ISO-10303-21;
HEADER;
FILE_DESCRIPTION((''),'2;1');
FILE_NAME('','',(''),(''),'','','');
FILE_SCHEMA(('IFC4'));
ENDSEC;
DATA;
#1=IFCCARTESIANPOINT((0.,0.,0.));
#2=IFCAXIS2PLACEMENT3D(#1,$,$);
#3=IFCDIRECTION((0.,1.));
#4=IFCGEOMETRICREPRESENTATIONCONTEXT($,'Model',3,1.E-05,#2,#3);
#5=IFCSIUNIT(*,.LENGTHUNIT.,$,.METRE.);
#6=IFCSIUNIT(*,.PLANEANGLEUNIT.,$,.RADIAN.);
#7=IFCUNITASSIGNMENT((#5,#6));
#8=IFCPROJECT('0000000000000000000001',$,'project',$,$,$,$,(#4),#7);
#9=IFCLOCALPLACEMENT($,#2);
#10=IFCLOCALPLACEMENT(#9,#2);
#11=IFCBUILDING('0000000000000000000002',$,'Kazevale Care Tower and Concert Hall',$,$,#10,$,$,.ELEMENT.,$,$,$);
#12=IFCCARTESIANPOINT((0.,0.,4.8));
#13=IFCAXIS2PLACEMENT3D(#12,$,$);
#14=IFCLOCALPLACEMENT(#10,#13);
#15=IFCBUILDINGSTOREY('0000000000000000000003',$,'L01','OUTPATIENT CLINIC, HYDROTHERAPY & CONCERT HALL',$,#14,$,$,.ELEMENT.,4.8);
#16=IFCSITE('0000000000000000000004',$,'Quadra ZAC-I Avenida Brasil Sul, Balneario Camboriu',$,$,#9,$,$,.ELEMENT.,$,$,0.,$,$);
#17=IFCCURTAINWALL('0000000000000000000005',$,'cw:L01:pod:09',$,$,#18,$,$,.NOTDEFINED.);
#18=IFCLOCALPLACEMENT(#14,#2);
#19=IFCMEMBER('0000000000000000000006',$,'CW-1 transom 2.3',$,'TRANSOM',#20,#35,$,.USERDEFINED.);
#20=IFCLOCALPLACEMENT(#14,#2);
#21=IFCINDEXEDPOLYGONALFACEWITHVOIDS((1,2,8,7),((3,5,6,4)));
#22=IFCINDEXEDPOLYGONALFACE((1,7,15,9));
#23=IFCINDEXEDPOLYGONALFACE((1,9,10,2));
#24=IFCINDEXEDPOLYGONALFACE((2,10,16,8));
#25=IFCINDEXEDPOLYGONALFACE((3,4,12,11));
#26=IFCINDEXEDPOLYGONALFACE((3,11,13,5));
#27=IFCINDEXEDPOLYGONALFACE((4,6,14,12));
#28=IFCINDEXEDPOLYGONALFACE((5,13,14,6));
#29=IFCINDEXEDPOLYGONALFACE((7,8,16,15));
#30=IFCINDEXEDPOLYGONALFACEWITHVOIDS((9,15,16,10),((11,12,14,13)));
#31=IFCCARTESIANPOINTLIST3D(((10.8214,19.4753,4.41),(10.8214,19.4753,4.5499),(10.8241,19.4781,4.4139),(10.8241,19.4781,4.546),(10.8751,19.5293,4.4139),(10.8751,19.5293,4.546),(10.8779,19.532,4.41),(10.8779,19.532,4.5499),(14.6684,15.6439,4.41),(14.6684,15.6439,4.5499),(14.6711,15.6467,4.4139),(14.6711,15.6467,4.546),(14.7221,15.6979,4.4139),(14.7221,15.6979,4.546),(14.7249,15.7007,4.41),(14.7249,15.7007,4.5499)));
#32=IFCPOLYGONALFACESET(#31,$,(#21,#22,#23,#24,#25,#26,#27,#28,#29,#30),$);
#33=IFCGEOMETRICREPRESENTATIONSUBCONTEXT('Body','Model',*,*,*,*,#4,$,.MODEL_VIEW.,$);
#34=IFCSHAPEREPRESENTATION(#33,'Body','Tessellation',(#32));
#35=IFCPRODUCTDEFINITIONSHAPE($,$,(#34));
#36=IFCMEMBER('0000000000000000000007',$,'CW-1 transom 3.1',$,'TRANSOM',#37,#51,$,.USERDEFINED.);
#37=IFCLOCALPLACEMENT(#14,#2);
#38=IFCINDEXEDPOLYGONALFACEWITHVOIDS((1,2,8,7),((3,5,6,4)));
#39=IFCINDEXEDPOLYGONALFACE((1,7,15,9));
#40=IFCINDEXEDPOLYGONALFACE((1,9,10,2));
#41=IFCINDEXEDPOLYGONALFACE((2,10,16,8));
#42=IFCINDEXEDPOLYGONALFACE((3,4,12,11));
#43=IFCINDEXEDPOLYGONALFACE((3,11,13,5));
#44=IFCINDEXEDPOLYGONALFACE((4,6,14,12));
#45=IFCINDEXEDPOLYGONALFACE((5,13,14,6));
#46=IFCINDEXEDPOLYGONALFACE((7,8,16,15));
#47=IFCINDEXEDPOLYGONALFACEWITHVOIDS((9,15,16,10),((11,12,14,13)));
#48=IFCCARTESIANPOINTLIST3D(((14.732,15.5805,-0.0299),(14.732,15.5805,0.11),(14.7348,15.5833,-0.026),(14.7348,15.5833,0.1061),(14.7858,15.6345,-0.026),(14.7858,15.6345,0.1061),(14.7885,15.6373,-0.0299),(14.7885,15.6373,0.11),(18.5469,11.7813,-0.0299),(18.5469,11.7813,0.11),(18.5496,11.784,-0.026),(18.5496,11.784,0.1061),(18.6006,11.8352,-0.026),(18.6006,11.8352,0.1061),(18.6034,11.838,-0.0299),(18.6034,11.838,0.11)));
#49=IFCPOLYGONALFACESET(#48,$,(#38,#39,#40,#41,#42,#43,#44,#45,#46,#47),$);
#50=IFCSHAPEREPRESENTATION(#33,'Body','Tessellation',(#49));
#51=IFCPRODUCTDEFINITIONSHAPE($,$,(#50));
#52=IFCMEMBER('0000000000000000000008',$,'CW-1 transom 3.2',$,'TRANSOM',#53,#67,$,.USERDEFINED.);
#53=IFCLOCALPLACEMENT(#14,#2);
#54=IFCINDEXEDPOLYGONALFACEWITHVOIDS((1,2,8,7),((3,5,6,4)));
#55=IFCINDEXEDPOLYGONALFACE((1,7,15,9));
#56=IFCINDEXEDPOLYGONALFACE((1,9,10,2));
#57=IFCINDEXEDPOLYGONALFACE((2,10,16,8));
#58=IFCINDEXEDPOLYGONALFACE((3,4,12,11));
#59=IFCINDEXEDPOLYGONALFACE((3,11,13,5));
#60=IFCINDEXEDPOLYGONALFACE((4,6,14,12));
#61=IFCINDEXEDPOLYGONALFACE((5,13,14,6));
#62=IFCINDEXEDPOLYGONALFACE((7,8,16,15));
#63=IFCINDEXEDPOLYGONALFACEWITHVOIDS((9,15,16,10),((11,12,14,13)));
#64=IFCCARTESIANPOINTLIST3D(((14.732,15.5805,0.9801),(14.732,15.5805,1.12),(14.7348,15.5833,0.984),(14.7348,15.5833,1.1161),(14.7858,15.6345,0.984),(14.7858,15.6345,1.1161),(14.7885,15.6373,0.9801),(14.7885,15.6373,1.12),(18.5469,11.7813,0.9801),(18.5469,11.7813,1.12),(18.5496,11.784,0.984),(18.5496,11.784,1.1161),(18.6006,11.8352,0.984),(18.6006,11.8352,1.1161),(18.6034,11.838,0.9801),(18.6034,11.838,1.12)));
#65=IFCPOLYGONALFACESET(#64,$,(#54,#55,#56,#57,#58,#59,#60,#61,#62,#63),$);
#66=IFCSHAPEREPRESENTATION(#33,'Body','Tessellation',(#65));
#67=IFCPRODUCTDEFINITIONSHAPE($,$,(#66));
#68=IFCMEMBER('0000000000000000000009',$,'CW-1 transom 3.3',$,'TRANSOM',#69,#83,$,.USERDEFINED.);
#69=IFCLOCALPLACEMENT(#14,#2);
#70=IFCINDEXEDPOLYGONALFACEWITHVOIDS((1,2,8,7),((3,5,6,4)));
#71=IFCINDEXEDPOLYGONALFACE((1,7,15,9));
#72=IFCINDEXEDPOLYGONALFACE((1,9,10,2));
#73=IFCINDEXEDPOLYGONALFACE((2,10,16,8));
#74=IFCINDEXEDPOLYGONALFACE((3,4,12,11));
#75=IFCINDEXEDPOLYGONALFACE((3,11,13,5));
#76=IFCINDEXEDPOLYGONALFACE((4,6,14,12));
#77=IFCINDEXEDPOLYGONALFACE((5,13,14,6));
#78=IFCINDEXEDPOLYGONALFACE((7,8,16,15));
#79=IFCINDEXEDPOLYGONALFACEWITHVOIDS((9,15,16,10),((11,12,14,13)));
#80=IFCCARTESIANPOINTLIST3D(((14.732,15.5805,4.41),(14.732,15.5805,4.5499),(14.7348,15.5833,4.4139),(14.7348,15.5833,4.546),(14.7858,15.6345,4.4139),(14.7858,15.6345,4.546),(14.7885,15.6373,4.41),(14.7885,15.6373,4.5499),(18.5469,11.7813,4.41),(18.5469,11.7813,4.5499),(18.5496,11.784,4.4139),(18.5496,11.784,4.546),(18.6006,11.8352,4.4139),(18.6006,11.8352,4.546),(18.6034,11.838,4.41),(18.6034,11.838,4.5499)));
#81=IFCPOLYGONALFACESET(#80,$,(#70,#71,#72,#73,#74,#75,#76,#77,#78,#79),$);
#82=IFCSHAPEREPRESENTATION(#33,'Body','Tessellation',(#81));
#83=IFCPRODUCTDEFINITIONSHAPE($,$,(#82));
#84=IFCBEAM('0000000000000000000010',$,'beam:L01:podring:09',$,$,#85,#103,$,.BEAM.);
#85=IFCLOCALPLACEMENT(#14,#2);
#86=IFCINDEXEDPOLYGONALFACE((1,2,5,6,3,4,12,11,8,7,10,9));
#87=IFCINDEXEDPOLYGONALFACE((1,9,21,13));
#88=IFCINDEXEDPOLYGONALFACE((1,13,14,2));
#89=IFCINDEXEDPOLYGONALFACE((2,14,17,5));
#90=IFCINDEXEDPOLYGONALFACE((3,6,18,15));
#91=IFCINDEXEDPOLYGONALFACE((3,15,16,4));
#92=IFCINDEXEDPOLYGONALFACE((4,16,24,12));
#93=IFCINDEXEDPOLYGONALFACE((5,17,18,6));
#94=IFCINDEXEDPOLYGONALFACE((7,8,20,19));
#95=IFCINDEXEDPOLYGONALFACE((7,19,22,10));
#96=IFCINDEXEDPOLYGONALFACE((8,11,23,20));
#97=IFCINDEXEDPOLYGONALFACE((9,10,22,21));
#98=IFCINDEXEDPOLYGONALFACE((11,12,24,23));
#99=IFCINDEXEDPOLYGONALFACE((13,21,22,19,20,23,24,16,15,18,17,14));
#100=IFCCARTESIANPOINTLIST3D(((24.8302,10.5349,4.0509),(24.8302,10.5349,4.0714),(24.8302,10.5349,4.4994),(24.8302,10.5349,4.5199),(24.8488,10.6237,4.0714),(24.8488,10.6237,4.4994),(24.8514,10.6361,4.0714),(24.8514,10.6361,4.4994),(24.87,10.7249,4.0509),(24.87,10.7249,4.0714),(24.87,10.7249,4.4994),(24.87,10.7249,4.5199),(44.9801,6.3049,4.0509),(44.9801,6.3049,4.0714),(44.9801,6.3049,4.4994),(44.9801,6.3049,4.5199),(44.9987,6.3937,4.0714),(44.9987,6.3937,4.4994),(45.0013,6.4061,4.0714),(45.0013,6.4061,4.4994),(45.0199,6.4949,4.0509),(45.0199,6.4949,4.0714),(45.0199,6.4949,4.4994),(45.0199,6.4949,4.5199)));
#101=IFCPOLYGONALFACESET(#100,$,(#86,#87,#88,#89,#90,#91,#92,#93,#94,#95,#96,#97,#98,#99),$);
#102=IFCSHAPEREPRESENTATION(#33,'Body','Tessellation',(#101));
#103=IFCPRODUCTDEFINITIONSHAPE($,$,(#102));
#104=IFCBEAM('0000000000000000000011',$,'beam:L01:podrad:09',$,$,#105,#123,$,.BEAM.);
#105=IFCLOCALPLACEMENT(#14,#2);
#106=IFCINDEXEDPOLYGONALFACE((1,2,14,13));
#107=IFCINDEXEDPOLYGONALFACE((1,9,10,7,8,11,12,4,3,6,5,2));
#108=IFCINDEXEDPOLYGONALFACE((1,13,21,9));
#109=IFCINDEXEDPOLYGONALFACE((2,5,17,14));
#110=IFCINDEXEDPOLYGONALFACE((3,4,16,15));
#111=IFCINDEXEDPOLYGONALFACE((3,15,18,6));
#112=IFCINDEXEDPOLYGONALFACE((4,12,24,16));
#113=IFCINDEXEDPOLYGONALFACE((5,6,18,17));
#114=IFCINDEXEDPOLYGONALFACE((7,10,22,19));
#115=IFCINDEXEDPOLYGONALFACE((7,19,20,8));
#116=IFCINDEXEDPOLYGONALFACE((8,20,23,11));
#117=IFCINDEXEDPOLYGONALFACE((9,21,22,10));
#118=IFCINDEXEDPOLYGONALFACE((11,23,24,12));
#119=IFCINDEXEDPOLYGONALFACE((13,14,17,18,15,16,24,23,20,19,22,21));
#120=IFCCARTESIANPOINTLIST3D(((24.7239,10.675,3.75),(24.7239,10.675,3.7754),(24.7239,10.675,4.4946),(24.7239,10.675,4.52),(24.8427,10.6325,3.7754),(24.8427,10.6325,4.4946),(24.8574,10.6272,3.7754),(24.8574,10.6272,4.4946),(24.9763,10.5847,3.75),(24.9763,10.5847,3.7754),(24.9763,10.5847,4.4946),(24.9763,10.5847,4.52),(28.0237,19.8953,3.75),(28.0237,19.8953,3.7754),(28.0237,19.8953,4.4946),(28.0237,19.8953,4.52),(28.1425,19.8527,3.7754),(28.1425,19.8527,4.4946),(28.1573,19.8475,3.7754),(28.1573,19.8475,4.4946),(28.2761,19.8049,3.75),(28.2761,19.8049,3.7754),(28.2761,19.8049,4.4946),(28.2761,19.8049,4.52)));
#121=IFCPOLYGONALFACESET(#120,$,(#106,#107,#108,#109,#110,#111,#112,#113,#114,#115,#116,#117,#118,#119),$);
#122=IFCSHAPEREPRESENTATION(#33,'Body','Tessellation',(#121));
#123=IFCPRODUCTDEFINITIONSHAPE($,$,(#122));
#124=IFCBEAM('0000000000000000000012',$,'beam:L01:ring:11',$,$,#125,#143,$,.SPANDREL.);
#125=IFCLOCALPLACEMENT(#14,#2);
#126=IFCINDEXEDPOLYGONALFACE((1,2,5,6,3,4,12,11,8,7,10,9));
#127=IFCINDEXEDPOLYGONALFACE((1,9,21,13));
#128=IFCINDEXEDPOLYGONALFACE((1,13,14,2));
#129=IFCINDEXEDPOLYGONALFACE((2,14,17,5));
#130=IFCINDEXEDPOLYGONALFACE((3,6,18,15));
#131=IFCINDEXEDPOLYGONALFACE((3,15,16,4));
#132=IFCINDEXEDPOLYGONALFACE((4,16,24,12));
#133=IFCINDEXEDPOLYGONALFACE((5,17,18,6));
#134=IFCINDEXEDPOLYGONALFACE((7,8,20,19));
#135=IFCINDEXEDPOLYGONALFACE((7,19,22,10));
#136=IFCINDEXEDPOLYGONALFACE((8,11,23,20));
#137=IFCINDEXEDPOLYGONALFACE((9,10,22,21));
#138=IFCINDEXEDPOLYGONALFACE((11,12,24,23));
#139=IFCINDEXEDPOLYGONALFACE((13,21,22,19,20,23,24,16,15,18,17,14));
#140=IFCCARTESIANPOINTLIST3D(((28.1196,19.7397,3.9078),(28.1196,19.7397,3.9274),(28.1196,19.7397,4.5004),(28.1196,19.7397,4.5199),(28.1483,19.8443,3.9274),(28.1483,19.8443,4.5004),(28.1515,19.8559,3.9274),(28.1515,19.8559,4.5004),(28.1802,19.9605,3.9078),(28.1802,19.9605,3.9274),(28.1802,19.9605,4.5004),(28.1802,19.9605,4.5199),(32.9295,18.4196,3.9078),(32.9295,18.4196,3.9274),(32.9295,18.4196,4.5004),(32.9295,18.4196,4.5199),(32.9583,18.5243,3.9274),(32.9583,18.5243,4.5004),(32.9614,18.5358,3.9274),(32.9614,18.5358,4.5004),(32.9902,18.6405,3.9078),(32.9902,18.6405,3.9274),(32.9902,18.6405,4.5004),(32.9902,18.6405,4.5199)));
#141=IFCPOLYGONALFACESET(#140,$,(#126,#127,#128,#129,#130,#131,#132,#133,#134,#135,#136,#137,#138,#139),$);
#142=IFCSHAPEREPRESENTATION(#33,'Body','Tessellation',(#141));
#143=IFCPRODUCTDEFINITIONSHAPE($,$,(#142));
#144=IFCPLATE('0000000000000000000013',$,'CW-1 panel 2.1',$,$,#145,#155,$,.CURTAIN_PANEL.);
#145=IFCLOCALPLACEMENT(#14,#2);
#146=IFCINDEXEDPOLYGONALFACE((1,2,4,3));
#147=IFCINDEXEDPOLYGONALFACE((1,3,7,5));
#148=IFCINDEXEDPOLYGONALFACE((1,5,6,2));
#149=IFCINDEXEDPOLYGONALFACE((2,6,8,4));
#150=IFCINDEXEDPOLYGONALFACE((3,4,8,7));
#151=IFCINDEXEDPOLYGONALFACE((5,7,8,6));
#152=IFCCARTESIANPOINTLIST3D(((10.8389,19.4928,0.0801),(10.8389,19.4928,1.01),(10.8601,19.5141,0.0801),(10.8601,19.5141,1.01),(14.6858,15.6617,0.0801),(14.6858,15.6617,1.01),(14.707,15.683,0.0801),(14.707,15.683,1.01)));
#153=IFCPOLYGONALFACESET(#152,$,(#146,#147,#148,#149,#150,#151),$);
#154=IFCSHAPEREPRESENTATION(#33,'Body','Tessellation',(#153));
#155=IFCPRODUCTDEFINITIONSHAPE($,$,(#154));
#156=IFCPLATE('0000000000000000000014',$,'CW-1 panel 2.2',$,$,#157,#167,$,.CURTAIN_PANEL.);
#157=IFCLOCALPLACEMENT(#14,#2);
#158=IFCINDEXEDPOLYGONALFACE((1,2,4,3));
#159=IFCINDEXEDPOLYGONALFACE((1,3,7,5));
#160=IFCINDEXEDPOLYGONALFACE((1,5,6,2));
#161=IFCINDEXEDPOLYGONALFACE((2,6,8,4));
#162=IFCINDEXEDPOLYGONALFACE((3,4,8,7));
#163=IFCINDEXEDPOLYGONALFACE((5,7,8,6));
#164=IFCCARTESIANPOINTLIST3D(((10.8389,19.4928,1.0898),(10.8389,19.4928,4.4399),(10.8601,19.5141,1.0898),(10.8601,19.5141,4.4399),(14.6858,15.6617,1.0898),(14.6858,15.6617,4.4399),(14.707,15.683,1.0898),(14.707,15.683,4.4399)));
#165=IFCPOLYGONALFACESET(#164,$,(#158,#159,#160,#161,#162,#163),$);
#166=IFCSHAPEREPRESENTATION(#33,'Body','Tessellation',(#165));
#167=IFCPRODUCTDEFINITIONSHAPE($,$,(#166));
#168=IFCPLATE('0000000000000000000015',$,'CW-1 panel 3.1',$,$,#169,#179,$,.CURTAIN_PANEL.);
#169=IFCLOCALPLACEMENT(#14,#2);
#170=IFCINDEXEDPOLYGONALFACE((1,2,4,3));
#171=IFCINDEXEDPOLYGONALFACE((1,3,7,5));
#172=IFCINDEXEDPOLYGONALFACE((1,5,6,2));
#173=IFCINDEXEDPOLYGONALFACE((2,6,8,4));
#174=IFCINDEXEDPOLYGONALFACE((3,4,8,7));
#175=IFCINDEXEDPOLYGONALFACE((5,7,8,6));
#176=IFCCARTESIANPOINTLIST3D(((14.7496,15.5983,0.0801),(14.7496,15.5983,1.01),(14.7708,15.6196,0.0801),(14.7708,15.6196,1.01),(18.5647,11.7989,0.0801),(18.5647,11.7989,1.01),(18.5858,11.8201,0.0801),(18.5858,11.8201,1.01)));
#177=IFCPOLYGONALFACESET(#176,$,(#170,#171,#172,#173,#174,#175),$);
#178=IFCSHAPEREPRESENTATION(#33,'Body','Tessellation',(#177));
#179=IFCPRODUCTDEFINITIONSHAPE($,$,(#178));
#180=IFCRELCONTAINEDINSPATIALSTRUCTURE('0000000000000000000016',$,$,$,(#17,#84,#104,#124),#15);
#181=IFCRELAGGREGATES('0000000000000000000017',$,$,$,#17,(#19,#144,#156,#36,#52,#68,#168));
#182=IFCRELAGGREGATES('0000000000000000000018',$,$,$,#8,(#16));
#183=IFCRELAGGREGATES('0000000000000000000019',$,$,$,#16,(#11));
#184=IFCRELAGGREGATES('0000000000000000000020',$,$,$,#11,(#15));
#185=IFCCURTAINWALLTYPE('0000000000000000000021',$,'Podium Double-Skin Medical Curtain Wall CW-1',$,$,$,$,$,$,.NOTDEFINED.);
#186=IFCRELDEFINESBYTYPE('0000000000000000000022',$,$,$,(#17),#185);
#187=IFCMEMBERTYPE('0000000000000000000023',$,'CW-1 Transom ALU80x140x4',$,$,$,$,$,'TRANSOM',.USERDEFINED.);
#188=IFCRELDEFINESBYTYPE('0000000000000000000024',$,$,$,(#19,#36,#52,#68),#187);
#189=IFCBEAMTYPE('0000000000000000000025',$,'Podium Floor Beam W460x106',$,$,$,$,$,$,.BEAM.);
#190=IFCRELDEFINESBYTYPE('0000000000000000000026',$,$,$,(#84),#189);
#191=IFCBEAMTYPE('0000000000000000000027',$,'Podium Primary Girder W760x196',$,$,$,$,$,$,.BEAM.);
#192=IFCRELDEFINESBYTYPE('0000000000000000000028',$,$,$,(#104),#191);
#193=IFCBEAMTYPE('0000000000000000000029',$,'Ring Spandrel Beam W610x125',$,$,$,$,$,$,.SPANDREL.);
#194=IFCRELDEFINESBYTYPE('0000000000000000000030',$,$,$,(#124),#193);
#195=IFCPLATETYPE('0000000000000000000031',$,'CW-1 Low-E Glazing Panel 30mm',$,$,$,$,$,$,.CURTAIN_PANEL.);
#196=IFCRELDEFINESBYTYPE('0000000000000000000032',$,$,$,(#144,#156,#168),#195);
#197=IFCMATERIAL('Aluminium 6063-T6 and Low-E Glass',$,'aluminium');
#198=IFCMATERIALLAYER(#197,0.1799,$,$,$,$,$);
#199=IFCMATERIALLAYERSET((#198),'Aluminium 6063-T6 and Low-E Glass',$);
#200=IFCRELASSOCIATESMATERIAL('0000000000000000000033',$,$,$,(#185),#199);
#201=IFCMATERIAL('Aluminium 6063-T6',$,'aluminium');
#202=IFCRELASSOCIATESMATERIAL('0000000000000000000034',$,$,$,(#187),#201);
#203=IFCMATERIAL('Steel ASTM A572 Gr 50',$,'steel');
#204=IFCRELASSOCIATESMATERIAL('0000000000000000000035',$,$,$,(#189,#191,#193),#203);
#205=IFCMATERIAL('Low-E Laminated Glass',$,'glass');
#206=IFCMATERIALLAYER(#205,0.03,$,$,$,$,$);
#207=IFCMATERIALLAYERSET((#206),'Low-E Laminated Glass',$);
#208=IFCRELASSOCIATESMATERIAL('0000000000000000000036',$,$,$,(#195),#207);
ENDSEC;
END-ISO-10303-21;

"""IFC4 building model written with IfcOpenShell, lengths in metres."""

from ifc_helpers import new_model, si_unit, direction, frame, origin, origin_2d, place, context, subcontext, project, spatial, rectangle, hollow_rectangle, i_section, extrude, material, layer, layer_set, material_profile, profile_set, type_object, element, aggregate, save


model = new_model("IFC4")

# Units and contexts
model_context = context("Model", 3, precision=1e-05, world=origin(), true_north=direction((0.0, 1.0)))
body_context = subcontext(model_context, "Body", "Model", "MODEL_VIEW")
ifc_project = project(units=[si_unit("LENGTHUNIT", "METRE"), si_unit("PLANEANGLEUNIT", "RADIAN")], contexts=[model_context])

# Site, building, storey
site_placement = place(None, origin())
site = spatial("IfcSite", under=ifc_project, at=site_placement, Name="Quadra ZAC-I Avenida Brasil Sul, Balneario Camboriu", CompositionType="ELEMENT", RefElevation=0.0)
building_placement = place(site_placement, origin())
building = spatial("IfcBuilding", under=site, at=building_placement, Name="Kazevale Care Tower and Concert Hall", CompositionType="ELEMENT")
storey_placement = place(building_placement, frame((0.0, 0.0, 4.8)))
storey = spatial("IfcBuildingStorey", under=building, at=storey_placement, Name="L01", Description="OUTPATIENT CLINIC, HYDROTHERAPY & CONCERT HALL", CompositionType="ELEMENT", Elevation=4.8)

# Curtain wall, members
ifc_material_1 = material(Name="Aluminium 6063-T6 and Low-E Glass", Category="aluminium")
ifc_layer_1 = layer(ifc_material_1, 0.1799)
ifc_layer_set_1 = layer_set([ifc_layer_1], Name="Aluminium 6063-T6 and Low-E Glass")
curtain_wall_type = type_object("IfcCurtainWallType", Name="Podium Double-Skin Medical Curtain Wall CW-1", PredefinedType="NOTDEFINED", material=ifc_layer_set_1)
curtain_wall_placement = place(storey_placement, origin())
curtain_wall = element("IfcCurtainWall", 1, at=curtain_wall_placement, inside=storey, type_object=curtain_wall_type, Name="cw:L01:pod:09", PredefinedType="NOTDEFINED")
ifc_material_2 = material(Name="Aluminium 6063-T6", Category="aluminium")
ifc_material_profile_1 = material_profile(ifc_material_2, hollow_rectangle(XDim=0.0801, YDim=0.1399, WallThickness=0.0039, at=origin_2d()), Name="ALU80x140x4")
ifc_profile_set_1 = profile_set([ifc_material_profile_1], Name="Aluminium 6063-T6")
member_type_1 = type_object("IfcMemberType", Name="CW-1 Transom ALU80x140x4", ElementType="TRANSOM", PredefinedType="USERDEFINED", material=ifc_profile_set_1)
member_1_placement = place(storey_placement, frame((10.8496, 19.5037, 4.48), z_axis=(0.708544, -0.705666, 0.0), x_axis=(0.705666, 0.708544, 0.0)))
member_1 = element("IfcMember", 2, at=member_1_placement, type_object=member_type_1, Name="CW-1 transom 2.3", ObjectType="TRANSOM", PredefinedType="USERDEFINED", context=body_context, shape_type="SweptSolid", body=[
    extrude(hollow_rectangle(XDim=0.0801, YDim=0.1399, WallThickness=0.0039, at=origin_2d()), origin(), (0.0, 0.0, 1.0), 5.4294),
])
member_2_placement = place(storey_placement, frame((14.7603, 15.6089, 0.04), z_axis=(0.708556, -0.705654, 0.0), x_axis=(0.705654, 0.708556, 0.0)))
member_2 = element("IfcMember", 3, at=member_2_placement, type_object=member_type_1, Name="CW-1 transom 3.1", ObjectType="TRANSOM", PredefinedType="USERDEFINED", context=body_context, shape_type="SweptSolid", body=[
    extrude(hollow_rectangle(XDim=0.0801, YDim=0.1399, WallThickness=0.0039, at=origin_2d()), origin(), (0.0, 0.0, 1.0), 5.384),
])
member_3_placement = place(storey_placement, frame((14.7603, 15.6089, 1.05), z_axis=(0.708556, -0.705654, 0.0), x_axis=(0.705654, 0.708556, 0.0)))
member_3 = element("IfcMember", 4, at=member_3_placement, type_object=member_type_1, Name="CW-1 transom 3.2", ObjectType="TRANSOM", PredefinedType="USERDEFINED", context=body_context, shape_type="SweptSolid", body=[
    extrude(hollow_rectangle(XDim=0.0801, YDim=0.1399, WallThickness=0.0039, at=origin_2d()), origin(), (0.0, 0.0, 1.0), 5.384),
])
member_4_placement = place(storey_placement, frame((14.7603, 15.6089, 4.48), z_axis=(0.708556, -0.705654, 0.0), x_axis=(0.705654, 0.708556, 0.0)))
member_4 = element("IfcMember", 5, at=member_4_placement, type_object=member_type_1, Name="CW-1 transom 3.3", ObjectType="TRANSOM", PredefinedType="USERDEFINED", context=body_context, shape_type="SweptSolid", body=[
    extrude(hollow_rectangle(XDim=0.0801, YDim=0.1399, WallThickness=0.0039, at=origin_2d()), origin(), (0.0, 0.0, 1.0), 5.384),
])

# Beams
ifc_material_3 = material(Name="Steel ASTM A572 Gr 50", Category="steel")
ifc_material_profile_2 = material_profile(ifc_material_3, i_section(OverallWidth=0.1941, OverallDepth=0.469, WebThickness=0.0127, FlangeThickness=0.0205, at=origin_2d()), Name="W460x106")
ifc_profile_set_2 = profile_set([ifc_material_profile_2], Name="Steel ASTM A572 Gr 50")
beam_type_1 = type_object("IfcBeamType", Name="Podium Floor Beam W460x106", PredefinedType="BEAM", material=ifc_profile_set_2)
beam_1_placement = place(storey_placement, frame((24.8501, 10.6299, 4.2854), z_axis=(0.978668, -0.205448, 0.0), x_axis=(0.205448, 0.978668, 0.0)))
element("IfcBeam", 6, at=beam_1_placement, inside=storey, type_object=beam_type_1, Name="beam:L01:podring:09", PredefinedType="BEAM", context=body_context, shape_type="SweptSolid", body=[
    extrude(i_section(OverallWidth=0.1941, OverallDepth=0.469, WebThickness=0.0127, FlangeThickness=0.0205, at=origin_2d()), origin(), (0.0, 0.0, 1.0), 20.5891),
])
ifc_material_profile_3 = material_profile(ifc_material_3, i_section(OverallWidth=0.2681, OverallDepth=0.77, WebThickness=0.0156, FlangeThickness=0.0254, at=origin_2d()), Name="W760x196")
ifc_profile_set_3 = profile_set([ifc_material_profile_3], Name="Steel ASTM A572 Gr 50")
beam_type_2 = type_object("IfcBeamType", Name="Podium Primary Girder W760x196", PredefinedType="BEAM", material=ifc_profile_set_3)
beam_2_placement = place(storey_placement, frame((28.1499, 19.8501, 4.135), z_axis=(-0.336959, -0.941519, 0.0), x_axis=(0.941519, -0.336959, 0.0)))
element("IfcBeam", 7, at=beam_2_placement, inside=storey, type_object=beam_type_2, Name="beam:L01:podrad:09", PredefinedType="BEAM", context=body_context, shape_type="SweptSolid", body=[
    extrude(i_section(OverallWidth=0.2681, OverallDepth=0.77, WebThickness=0.0156, FlangeThickness=0.0254, at=origin_2d()), origin(), (0.0, 0.0, 1.0), 9.793),
])
ifc_material_profile_4 = material_profile(ifc_material_3, i_section(OverallWidth=0.229, OverallDepth=0.6121, WebThickness=0.012, FlangeThickness=0.0195, at=origin_2d()), Name="W610x125")
ifc_profile_set_4 = profile_set([ifc_material_profile_4], Name="Steel ASTM A572 Gr 50")
beam_type_3 = type_object("IfcBeamType", Name="Ring Spandrel Beam W610x125", PredefinedType="SPANDREL", material=ifc_profile_set_4)
beam_3_placement = place(storey_placement, frame((28.1499, 19.8501, 4.2139), z_axis=(0.964344, -0.264654, 0.0), x_axis=(0.264654, 0.964344, 0.0)))
element("IfcBeam", 8, at=beam_3_placement, inside=storey, type_object=beam_type_3, Name="beam:L01:ring:11", PredefinedType="SPANDREL", context=body_context, shape_type="SweptSolid", body=[
    extrude(i_section(OverallWidth=0.229, OverallDepth=0.6121, WebThickness=0.012, FlangeThickness=0.0195, at=origin_2d()), origin(), (0.0, 0.0, 1.0), 4.9878),
])

# Plates
ifc_material_4 = material(Name="Low-E Laminated Glass", Category="glass")
ifc_layer_2 = layer(ifc_material_4, 0.03)
ifc_layer_set_2 = layer_set([ifc_layer_2], Name="Low-E Laminated Glass")
plate_type = type_object("IfcPlateType", Name="CW-1 Low-E Glazing Panel 30mm", PredefinedType="CURTAIN_PANEL", material=ifc_layer_set_2)
plate_1_placement = place(storey_placement, frame((12.7729, 17.5879, 0.0801), z_axis=(0.0, 0.0, 1.0), x_axis=(0.708555, -0.705656, 0.0)))
plate_1 = element("IfcPlate", 9, at=plate_1_placement, type_object=plate_type, Name="CW-1 panel 2.1", PredefinedType="CURTAIN_PANEL", context=body_context, shape_type="SweptSolid", body=[
    extrude(rectangle(XDim=5.4292, YDim=0.03, at=origin_2d()), origin(), (0.0, 0.0, 1.0), 0.9299),
])
plate_2_placement = place(storey_placement, frame((12.7729, 17.5879, 1.0898), z_axis=(0.0, 0.0, 1.0), x_axis=(0.708555, -0.705656, 0.0)))
plate_2 = element("IfcPlate", 10, at=plate_2_placement, type_object=plate_type, Name="CW-1 panel 2.2", PredefinedType="CURTAIN_PANEL", context=body_context, shape_type="SweptSolid", body=[
    extrude(rectangle(XDim=5.4292, YDim=0.03, at=origin_2d()), origin(), (0.0, 0.0, 1.0), 3.3501),
])
plate_3_placement = place(storey_placement, frame((16.6677, 13.7092, 0.0801), z_axis=(0.0, 0.0, 1.0), x_axis=(0.708555, -0.705656, 0.0)))
plate_3 = element("IfcPlate", 11, at=plate_3_placement, type_object=plate_type, Name="CW-1 panel 3.1", PredefinedType="CURTAIN_PANEL", context=body_context, shape_type="SweptSolid", body=[
    extrude(rectangle(XDim=5.3843, YDim=0.03, at=origin_2d()), origin(), (0.0, 0.0, 1.0), 0.9299),
])
aggregate(curtain_wall, [member_1, plate_1, plate_2, member_2, member_3, member_4, plate_3])

save(model, "model.ifc")
